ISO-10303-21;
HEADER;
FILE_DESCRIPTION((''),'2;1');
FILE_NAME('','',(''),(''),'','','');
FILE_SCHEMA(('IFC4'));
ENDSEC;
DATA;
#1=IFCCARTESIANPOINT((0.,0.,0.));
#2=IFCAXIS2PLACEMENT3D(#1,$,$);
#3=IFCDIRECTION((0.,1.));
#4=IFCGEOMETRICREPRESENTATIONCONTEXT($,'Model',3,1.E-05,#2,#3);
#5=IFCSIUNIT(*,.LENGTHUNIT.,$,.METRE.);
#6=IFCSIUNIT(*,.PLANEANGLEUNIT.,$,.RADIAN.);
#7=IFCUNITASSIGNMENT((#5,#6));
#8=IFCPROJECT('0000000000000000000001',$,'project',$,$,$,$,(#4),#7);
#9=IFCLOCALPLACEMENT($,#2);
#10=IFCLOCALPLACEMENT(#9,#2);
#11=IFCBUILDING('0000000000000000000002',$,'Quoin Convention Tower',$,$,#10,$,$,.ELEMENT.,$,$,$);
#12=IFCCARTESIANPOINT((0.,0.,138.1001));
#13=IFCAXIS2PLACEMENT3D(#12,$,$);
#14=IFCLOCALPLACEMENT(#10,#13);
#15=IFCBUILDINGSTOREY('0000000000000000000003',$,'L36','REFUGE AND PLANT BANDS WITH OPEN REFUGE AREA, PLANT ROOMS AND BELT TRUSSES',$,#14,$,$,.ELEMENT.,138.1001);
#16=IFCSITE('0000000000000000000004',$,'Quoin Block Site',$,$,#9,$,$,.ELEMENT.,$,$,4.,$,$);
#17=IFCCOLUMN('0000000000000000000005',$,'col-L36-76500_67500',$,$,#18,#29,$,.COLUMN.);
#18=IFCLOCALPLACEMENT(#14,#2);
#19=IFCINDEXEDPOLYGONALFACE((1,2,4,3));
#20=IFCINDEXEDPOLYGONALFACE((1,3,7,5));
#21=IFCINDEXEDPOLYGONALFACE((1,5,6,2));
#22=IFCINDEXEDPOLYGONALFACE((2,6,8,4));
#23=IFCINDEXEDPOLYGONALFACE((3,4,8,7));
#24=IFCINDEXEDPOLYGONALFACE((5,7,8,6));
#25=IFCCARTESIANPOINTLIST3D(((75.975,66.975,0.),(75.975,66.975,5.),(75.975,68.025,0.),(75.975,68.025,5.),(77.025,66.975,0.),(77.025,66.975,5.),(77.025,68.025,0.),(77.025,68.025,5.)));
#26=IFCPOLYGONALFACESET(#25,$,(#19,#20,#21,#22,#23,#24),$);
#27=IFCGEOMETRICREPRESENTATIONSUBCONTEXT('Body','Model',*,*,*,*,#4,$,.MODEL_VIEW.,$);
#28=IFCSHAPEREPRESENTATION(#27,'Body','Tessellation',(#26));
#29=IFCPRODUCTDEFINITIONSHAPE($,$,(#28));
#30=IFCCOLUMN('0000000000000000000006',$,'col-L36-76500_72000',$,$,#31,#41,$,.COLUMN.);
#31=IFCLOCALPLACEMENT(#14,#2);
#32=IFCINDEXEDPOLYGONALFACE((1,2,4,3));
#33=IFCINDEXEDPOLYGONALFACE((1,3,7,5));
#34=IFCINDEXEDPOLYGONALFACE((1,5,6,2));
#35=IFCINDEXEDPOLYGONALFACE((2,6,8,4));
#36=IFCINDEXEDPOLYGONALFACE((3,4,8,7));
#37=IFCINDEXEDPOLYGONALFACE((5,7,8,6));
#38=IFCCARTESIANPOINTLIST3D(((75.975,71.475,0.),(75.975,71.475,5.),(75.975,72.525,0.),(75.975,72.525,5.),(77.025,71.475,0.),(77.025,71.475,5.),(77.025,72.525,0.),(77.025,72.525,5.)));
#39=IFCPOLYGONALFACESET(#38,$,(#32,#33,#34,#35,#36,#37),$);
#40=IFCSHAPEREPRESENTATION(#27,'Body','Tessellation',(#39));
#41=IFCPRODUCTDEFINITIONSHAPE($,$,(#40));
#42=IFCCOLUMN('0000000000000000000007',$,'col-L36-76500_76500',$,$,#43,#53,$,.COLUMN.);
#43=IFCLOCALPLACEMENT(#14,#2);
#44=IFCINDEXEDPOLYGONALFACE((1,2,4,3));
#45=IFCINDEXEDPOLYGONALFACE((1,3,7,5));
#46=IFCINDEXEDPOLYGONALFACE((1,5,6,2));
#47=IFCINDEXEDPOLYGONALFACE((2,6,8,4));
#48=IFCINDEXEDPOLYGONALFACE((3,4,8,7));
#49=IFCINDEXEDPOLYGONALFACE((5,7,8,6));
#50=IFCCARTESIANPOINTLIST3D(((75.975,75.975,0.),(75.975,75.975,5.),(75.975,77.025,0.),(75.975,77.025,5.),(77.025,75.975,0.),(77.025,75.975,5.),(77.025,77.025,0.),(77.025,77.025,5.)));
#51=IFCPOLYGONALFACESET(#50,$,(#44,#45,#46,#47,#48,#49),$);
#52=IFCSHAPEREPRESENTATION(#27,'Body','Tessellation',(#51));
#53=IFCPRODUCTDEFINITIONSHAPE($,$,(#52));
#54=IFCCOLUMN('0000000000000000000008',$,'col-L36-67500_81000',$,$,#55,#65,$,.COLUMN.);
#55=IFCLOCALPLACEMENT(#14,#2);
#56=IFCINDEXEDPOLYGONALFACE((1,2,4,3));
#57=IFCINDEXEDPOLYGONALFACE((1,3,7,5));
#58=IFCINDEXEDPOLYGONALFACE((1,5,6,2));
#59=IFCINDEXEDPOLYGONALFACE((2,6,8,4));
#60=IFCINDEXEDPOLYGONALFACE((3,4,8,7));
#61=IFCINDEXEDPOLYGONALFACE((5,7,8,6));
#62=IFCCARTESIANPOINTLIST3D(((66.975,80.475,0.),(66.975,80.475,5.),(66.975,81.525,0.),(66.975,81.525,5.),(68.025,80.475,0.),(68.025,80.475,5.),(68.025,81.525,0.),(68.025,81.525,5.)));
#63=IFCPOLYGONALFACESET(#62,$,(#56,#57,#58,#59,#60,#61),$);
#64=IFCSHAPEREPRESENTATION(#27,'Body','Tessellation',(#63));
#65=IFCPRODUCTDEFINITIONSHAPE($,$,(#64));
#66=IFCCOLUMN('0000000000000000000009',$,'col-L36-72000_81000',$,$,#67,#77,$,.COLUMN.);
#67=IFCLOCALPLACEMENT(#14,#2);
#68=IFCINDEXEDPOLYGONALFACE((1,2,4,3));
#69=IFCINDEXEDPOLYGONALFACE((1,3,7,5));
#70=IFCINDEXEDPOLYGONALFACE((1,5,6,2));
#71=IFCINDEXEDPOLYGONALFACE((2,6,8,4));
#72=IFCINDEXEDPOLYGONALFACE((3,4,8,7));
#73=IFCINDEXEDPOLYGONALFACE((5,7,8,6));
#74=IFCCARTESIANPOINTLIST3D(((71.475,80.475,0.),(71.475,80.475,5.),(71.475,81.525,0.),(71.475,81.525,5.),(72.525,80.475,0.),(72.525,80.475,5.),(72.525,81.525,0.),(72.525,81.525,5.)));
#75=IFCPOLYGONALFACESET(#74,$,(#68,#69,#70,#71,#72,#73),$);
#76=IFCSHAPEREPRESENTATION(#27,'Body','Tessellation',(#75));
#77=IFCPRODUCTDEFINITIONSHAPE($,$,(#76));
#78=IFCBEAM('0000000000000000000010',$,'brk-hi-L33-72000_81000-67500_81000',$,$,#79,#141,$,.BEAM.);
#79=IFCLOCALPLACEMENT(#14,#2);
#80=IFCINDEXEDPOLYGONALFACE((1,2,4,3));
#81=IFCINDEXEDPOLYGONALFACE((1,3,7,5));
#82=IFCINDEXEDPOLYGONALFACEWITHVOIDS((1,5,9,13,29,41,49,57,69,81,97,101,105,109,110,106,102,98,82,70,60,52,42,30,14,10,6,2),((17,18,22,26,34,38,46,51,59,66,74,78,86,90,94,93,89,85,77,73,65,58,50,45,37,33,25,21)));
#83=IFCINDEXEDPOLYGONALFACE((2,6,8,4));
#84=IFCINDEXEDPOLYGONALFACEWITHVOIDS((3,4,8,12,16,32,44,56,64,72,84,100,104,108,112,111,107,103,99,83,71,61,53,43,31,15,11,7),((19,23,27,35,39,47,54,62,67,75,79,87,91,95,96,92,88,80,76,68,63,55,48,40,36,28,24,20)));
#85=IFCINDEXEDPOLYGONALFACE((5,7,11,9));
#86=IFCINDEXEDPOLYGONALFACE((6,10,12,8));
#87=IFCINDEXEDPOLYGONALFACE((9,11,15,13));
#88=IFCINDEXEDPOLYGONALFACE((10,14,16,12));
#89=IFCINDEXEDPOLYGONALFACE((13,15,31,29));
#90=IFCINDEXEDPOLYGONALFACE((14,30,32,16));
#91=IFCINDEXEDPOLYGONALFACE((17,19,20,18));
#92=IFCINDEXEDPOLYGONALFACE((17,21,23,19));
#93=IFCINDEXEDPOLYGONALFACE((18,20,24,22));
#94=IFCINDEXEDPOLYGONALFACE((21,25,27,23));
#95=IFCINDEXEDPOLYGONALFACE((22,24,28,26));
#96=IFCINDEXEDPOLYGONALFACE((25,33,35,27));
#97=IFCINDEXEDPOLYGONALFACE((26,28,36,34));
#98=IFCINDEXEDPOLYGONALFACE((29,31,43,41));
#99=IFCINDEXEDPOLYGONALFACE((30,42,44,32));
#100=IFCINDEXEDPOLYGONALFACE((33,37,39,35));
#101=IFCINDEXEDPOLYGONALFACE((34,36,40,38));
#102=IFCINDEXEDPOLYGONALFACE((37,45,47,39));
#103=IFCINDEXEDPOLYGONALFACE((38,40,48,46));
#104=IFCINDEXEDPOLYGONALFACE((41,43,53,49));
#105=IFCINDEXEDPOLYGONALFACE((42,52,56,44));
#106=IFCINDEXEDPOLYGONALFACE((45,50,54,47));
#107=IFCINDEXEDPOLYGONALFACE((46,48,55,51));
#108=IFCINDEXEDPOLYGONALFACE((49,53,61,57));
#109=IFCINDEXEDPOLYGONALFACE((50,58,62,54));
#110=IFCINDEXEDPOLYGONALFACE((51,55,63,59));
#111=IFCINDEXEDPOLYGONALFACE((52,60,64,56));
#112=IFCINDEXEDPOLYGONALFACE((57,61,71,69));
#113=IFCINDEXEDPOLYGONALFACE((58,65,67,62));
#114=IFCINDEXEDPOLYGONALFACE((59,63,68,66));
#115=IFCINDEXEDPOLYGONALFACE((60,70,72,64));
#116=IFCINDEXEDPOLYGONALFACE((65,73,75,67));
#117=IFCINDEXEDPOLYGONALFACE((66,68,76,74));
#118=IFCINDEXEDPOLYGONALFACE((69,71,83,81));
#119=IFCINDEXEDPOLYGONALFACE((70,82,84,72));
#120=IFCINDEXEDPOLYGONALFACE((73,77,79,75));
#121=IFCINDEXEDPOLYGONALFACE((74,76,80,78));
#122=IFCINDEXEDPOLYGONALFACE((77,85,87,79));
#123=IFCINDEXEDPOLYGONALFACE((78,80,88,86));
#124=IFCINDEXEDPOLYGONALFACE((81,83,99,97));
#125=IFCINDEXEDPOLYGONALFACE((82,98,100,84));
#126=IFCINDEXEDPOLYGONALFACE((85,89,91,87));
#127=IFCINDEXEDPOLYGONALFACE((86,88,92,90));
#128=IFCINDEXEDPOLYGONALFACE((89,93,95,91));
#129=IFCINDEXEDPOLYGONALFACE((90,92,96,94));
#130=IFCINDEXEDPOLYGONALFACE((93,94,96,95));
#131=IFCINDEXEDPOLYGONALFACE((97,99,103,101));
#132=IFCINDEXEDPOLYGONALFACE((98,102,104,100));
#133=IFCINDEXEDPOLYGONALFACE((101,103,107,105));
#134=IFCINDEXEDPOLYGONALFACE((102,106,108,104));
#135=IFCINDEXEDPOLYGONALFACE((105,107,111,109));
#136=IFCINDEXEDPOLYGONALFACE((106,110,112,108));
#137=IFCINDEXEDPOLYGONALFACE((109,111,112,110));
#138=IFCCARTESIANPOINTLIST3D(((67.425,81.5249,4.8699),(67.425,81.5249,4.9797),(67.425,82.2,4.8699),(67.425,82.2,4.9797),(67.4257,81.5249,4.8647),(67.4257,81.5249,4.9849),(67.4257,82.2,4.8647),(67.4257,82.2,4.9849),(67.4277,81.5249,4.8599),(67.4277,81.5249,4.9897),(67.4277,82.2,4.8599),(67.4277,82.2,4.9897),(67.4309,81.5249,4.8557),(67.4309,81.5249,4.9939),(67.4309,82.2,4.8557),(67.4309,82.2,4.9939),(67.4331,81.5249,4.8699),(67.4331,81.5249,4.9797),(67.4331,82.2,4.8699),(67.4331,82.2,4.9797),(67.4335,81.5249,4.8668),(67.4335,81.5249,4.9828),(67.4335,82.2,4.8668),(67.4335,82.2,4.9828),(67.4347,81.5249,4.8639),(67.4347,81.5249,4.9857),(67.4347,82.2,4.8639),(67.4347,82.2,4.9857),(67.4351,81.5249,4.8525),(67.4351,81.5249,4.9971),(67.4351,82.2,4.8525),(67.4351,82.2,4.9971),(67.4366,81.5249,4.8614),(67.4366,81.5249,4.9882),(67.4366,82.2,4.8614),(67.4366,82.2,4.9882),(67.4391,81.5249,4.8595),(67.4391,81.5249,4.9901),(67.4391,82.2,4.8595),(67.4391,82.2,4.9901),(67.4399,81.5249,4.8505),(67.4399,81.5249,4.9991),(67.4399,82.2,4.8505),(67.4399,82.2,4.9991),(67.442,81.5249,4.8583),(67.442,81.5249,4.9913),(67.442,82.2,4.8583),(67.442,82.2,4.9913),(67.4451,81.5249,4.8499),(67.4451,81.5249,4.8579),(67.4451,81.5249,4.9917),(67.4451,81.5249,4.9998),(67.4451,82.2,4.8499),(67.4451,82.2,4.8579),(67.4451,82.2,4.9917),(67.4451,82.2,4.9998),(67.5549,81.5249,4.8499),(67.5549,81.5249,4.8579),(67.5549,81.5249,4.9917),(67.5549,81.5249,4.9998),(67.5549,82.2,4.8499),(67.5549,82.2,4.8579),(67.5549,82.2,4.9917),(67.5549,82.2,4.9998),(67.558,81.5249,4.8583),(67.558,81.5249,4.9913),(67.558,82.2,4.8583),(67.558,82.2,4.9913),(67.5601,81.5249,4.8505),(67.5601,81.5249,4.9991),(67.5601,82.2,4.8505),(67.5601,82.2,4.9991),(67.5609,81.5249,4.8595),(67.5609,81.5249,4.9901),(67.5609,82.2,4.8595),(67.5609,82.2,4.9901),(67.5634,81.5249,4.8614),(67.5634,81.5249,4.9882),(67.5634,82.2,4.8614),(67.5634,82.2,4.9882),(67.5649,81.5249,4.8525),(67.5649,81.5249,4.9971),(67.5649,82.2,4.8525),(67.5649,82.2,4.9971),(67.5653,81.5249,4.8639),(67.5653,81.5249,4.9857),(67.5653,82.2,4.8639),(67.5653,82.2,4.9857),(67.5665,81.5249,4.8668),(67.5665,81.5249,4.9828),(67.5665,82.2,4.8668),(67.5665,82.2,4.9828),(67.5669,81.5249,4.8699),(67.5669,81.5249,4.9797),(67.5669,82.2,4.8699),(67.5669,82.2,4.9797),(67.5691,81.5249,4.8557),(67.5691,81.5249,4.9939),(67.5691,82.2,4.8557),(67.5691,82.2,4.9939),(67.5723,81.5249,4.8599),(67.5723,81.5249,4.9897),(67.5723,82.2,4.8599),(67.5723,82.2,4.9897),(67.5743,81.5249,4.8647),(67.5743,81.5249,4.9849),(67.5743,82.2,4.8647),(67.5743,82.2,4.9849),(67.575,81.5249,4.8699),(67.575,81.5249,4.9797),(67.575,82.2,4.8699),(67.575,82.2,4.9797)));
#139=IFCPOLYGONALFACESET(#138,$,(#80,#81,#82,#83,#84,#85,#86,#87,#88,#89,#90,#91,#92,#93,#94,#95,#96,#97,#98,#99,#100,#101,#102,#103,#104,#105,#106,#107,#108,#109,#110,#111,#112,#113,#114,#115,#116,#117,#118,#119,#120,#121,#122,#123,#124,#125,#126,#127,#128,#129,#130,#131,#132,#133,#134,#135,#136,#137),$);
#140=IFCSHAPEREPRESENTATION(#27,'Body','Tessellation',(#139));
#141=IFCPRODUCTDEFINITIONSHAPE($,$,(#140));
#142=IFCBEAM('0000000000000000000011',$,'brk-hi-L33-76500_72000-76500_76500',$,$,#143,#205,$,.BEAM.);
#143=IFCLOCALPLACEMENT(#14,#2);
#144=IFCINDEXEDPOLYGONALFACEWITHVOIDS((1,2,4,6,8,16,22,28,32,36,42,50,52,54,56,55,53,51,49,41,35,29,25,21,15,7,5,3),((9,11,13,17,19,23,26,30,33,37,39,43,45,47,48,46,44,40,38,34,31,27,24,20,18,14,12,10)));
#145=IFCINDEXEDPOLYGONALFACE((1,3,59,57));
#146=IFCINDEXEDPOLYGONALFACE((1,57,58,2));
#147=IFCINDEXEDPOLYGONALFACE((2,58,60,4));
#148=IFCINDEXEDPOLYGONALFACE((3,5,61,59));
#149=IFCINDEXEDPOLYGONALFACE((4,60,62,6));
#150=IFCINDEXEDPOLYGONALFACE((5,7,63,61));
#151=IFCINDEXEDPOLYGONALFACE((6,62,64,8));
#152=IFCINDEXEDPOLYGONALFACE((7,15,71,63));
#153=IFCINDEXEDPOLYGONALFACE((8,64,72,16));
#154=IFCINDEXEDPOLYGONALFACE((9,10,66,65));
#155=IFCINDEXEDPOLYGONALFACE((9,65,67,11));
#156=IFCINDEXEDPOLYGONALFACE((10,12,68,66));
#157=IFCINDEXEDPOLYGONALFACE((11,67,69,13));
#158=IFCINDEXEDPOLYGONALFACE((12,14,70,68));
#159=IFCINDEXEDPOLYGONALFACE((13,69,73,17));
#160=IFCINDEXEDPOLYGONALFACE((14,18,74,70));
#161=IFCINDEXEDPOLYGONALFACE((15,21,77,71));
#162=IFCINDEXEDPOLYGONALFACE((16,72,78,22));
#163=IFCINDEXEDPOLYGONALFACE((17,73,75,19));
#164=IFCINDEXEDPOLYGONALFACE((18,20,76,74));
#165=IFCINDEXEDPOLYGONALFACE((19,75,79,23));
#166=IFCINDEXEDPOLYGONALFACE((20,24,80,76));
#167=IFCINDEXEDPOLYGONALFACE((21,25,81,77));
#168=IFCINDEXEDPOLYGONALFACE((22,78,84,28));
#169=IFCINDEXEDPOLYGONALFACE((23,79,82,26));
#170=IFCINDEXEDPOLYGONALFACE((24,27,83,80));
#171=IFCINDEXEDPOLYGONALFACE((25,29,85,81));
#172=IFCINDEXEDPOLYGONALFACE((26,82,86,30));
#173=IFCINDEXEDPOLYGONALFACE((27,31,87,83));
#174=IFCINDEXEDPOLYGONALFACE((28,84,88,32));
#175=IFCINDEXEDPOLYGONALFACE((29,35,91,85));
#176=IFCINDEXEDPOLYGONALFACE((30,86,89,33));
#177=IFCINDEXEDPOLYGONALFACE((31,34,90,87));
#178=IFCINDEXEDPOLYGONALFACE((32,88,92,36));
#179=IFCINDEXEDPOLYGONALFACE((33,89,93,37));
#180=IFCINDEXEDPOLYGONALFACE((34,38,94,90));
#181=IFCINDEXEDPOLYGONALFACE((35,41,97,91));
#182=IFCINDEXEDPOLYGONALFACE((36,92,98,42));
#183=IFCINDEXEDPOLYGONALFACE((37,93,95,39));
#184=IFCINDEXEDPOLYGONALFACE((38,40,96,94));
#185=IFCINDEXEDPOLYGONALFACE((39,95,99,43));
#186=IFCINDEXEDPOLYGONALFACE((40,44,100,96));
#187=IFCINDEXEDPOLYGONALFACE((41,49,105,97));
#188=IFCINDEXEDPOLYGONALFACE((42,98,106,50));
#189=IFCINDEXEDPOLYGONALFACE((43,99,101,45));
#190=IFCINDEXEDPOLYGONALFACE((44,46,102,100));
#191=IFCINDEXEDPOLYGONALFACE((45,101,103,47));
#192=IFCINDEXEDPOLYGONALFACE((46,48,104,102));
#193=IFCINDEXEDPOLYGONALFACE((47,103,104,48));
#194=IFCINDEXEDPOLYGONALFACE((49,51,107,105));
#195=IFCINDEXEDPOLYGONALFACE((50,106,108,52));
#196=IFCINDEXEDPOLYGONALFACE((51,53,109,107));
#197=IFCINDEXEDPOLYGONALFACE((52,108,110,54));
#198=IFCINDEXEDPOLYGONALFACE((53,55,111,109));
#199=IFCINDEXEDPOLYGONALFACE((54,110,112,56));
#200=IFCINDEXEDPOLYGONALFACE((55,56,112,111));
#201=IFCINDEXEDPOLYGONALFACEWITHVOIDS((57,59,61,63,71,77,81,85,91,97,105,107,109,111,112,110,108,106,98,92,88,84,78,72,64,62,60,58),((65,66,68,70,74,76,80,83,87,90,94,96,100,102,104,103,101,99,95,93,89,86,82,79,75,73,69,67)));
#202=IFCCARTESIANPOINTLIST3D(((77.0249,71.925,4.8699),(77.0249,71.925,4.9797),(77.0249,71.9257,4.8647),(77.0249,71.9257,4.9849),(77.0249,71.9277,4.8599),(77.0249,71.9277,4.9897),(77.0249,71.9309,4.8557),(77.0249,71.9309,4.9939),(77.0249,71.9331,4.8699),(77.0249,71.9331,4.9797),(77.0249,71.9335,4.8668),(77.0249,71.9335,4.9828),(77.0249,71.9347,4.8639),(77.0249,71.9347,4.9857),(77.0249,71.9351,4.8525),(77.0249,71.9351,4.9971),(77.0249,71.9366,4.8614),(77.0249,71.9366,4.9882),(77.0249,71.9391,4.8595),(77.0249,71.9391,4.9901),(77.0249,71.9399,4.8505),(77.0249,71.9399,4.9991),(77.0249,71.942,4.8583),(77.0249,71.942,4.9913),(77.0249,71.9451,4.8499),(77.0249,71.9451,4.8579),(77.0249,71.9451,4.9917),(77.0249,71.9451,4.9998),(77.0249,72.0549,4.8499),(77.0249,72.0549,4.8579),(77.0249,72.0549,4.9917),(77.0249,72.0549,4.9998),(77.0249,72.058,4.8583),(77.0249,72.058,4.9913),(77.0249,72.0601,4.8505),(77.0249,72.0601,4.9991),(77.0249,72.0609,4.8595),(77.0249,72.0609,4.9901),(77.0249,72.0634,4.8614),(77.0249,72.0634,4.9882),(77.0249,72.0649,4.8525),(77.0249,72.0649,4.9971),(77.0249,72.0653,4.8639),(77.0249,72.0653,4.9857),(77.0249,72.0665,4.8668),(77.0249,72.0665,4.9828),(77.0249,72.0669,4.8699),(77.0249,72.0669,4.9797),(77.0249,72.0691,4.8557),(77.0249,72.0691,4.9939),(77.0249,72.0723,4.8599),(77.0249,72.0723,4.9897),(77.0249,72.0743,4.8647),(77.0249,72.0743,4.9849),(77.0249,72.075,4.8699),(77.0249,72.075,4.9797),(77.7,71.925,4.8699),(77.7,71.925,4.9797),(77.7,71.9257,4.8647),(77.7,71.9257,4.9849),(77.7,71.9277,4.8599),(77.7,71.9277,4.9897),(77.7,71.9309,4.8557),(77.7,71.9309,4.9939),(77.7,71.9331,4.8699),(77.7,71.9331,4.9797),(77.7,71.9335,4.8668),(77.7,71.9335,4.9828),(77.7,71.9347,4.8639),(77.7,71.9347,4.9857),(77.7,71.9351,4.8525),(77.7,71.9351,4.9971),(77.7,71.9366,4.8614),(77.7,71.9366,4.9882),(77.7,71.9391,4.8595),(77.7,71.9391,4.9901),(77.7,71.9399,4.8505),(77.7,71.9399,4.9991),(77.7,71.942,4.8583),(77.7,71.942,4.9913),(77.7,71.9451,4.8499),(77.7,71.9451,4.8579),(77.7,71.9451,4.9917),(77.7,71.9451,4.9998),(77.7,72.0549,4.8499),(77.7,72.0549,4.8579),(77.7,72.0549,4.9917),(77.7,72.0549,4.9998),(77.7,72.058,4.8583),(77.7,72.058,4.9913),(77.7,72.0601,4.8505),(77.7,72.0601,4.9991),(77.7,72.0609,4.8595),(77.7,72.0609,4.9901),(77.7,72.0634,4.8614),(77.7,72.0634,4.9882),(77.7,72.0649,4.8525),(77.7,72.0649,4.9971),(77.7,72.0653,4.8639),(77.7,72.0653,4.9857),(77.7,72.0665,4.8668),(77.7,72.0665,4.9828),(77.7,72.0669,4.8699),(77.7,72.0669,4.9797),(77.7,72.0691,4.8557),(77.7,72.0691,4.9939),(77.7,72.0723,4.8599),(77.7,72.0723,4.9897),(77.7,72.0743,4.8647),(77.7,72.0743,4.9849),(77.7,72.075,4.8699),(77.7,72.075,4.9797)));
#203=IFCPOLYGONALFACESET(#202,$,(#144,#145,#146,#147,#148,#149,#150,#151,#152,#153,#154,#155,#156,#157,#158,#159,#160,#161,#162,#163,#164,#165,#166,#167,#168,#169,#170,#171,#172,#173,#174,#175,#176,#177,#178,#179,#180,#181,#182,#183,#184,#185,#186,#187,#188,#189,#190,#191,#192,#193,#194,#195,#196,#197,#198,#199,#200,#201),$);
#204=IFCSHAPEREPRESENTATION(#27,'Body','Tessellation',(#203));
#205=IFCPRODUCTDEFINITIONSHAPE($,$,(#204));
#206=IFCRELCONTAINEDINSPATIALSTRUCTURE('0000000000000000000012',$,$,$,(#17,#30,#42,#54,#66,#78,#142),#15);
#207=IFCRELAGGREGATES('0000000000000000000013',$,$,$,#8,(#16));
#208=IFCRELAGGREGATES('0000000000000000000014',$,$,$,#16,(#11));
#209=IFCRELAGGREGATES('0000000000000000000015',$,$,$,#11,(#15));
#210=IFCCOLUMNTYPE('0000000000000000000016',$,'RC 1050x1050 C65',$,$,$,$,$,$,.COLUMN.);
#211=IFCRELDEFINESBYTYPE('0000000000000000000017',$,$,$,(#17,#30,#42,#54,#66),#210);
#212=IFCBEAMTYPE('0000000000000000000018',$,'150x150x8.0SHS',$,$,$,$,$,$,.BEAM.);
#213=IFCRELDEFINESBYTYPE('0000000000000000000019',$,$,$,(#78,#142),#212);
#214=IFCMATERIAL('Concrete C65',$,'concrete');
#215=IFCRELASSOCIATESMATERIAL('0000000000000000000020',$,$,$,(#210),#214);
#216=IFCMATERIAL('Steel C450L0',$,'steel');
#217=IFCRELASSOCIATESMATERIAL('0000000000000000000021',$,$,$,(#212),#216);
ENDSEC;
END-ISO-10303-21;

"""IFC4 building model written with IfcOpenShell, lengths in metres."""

from ifc_helpers import new_model, si_unit, direction, frame, origin, origin_2d, place, context, subcontext, project, spatial, rectangle, hollow_rectangle, extrude, material, material_profile, profile_set, type_object, element, save


model = new_model("IFC4")

# Units and contexts
model_context = context("Model", 3, precision=1e-05, world=origin(), true_north=direction((0.0, 1.0)))
body_context = subcontext(model_context, "Body", "Model", "MODEL_VIEW")
ifc_project = project(units=[si_unit("LENGTHUNIT", "METRE"), si_unit("PLANEANGLEUNIT", "RADIAN")], contexts=[model_context])

# Site, building, storey
site_placement = place(None, origin())
site = spatial("IfcSite", under=ifc_project, at=site_placement, Name="Quoin Block Site", CompositionType="ELEMENT", RefElevation=4.0)
building_placement = place(site_placement, origin())
building = spatial("IfcBuilding", under=site, at=building_placement, Name="Quoin Convention Tower", CompositionType="ELEMENT")
storey_placement = place(building_placement, frame((0.0, 0.0, 138.1001)))
storey = spatial("IfcBuildingStorey", under=building, at=storey_placement, Name="L36", Description="REFUGE AND PLANT BANDS WITH OPEN REFUGE AREA, PLANT ROOMS AND BELT TRUSSES", CompositionType="ELEMENT", Elevation=138.1001)

# Columns
ifc_material_1 = material(Name="Concrete C65", Category="concrete")
ifc_material_profile_1 = material_profile(ifc_material_1, rectangle(XDim=1.05, YDim=1.05, at=origin_2d()), Name="RC 1050x1050")
ifc_profile_set_1 = profile_set([ifc_material_profile_1], Name="Concrete C65")
column_type = type_object("IfcColumnType", Name="RC 1050x1050 C65", PredefinedType="COLUMN", material=ifc_profile_set_1)
for number, where, z_axis, x_axis, name in (
    (1, (76.5, 67.5, 0.0), (0.0, 0.0, 1.0), (1.0, 0.0, 0.0), "col-L36-76500_67500"),
    (2, (76.5, 72.0, 0.0), (0.0, 0.0, 1.0), (1.0, 0.0, 0.0), "col-L36-76500_72000"),
    (3, (76.5, 76.5, 0.0), (0.0, 0.0, 1.0), (1.0, 0.0, 0.0), "col-L36-76500_76500"),
    (4, (67.5, 81.0, 0.0), (0.0, 0.0, 1.0), (1.0, 0.0, 0.0), "col-L36-67500_81000"),
    (5, (72.0, 81.0, 0.0), (0.0, 0.0, 1.0), (1.0, 0.0, 0.0), "col-L36-72000_81000"),
):
    element("IfcColumn", number, at=place(storey_placement, frame(where, z_axis=z_axis, x_axis=x_axis)), inside=storey, type_object=column_type, Name=name, PredefinedType="COLUMN", context=body_context, shape_type="SweptSolid", body=[
        extrude(rectangle(XDim=1.05, YDim=1.05, at=origin_2d()), origin(), (0.0, 0.0, 1.0), 5.0),
    ])

# Beams
ifc_material_2 = material(Name="Steel C450L0", Category="steel")
ifc_material_profile_2 = material_profile(ifc_material_2, hollow_rectangle(XDim=0.1499, YDim=0.1499, WallThickness=0.0081, InnerFilletRadius=0.012, OuterFilletRadius=0.02, at=origin_2d()), Name="150x150x8.0SHS")
ifc_profile_set_2 = profile_set([ifc_material_profile_2], Name="Steel C450L0")
beam_type_1 = type_object("IfcBeamType", Name="150x150x8.0SHS", PredefinedType="BEAM", material=ifc_profile_set_2)
for number, where, z_axis, x_axis, name in (
    (6, (67.5, 81.5249, 4.9248), (0.0, 1.0, 0.0), (-1.0, 0.0, 0.0), "brk-hi-L33-72000_81000-67500_81000"),
    (7, (77.0249, 72.0, 4.9248), (1.0, 0.0, 0.0), (0.0, 1.0, 0.0), "brk-hi-L33-76500_72000-76500_76500"),
):
    element("IfcBeam", number, at=place(storey_placement, frame(where, z_axis=z_axis, x_axis=x_axis)), inside=storey, type_object=beam_type_1, Name=name, PredefinedType="BEAM", context=body_context, shape_type="SweptSolid", body=[
        extrude(hollow_rectangle(XDim=0.1499, YDim=0.1499, WallThickness=0.0081, InnerFilletRadius=0.012, OuterFilletRadius=0.02, at=origin_2d()), origin(), (0.0, 0.0, 1.0), 0.675),
    ])

save(model, "model.ifc")
